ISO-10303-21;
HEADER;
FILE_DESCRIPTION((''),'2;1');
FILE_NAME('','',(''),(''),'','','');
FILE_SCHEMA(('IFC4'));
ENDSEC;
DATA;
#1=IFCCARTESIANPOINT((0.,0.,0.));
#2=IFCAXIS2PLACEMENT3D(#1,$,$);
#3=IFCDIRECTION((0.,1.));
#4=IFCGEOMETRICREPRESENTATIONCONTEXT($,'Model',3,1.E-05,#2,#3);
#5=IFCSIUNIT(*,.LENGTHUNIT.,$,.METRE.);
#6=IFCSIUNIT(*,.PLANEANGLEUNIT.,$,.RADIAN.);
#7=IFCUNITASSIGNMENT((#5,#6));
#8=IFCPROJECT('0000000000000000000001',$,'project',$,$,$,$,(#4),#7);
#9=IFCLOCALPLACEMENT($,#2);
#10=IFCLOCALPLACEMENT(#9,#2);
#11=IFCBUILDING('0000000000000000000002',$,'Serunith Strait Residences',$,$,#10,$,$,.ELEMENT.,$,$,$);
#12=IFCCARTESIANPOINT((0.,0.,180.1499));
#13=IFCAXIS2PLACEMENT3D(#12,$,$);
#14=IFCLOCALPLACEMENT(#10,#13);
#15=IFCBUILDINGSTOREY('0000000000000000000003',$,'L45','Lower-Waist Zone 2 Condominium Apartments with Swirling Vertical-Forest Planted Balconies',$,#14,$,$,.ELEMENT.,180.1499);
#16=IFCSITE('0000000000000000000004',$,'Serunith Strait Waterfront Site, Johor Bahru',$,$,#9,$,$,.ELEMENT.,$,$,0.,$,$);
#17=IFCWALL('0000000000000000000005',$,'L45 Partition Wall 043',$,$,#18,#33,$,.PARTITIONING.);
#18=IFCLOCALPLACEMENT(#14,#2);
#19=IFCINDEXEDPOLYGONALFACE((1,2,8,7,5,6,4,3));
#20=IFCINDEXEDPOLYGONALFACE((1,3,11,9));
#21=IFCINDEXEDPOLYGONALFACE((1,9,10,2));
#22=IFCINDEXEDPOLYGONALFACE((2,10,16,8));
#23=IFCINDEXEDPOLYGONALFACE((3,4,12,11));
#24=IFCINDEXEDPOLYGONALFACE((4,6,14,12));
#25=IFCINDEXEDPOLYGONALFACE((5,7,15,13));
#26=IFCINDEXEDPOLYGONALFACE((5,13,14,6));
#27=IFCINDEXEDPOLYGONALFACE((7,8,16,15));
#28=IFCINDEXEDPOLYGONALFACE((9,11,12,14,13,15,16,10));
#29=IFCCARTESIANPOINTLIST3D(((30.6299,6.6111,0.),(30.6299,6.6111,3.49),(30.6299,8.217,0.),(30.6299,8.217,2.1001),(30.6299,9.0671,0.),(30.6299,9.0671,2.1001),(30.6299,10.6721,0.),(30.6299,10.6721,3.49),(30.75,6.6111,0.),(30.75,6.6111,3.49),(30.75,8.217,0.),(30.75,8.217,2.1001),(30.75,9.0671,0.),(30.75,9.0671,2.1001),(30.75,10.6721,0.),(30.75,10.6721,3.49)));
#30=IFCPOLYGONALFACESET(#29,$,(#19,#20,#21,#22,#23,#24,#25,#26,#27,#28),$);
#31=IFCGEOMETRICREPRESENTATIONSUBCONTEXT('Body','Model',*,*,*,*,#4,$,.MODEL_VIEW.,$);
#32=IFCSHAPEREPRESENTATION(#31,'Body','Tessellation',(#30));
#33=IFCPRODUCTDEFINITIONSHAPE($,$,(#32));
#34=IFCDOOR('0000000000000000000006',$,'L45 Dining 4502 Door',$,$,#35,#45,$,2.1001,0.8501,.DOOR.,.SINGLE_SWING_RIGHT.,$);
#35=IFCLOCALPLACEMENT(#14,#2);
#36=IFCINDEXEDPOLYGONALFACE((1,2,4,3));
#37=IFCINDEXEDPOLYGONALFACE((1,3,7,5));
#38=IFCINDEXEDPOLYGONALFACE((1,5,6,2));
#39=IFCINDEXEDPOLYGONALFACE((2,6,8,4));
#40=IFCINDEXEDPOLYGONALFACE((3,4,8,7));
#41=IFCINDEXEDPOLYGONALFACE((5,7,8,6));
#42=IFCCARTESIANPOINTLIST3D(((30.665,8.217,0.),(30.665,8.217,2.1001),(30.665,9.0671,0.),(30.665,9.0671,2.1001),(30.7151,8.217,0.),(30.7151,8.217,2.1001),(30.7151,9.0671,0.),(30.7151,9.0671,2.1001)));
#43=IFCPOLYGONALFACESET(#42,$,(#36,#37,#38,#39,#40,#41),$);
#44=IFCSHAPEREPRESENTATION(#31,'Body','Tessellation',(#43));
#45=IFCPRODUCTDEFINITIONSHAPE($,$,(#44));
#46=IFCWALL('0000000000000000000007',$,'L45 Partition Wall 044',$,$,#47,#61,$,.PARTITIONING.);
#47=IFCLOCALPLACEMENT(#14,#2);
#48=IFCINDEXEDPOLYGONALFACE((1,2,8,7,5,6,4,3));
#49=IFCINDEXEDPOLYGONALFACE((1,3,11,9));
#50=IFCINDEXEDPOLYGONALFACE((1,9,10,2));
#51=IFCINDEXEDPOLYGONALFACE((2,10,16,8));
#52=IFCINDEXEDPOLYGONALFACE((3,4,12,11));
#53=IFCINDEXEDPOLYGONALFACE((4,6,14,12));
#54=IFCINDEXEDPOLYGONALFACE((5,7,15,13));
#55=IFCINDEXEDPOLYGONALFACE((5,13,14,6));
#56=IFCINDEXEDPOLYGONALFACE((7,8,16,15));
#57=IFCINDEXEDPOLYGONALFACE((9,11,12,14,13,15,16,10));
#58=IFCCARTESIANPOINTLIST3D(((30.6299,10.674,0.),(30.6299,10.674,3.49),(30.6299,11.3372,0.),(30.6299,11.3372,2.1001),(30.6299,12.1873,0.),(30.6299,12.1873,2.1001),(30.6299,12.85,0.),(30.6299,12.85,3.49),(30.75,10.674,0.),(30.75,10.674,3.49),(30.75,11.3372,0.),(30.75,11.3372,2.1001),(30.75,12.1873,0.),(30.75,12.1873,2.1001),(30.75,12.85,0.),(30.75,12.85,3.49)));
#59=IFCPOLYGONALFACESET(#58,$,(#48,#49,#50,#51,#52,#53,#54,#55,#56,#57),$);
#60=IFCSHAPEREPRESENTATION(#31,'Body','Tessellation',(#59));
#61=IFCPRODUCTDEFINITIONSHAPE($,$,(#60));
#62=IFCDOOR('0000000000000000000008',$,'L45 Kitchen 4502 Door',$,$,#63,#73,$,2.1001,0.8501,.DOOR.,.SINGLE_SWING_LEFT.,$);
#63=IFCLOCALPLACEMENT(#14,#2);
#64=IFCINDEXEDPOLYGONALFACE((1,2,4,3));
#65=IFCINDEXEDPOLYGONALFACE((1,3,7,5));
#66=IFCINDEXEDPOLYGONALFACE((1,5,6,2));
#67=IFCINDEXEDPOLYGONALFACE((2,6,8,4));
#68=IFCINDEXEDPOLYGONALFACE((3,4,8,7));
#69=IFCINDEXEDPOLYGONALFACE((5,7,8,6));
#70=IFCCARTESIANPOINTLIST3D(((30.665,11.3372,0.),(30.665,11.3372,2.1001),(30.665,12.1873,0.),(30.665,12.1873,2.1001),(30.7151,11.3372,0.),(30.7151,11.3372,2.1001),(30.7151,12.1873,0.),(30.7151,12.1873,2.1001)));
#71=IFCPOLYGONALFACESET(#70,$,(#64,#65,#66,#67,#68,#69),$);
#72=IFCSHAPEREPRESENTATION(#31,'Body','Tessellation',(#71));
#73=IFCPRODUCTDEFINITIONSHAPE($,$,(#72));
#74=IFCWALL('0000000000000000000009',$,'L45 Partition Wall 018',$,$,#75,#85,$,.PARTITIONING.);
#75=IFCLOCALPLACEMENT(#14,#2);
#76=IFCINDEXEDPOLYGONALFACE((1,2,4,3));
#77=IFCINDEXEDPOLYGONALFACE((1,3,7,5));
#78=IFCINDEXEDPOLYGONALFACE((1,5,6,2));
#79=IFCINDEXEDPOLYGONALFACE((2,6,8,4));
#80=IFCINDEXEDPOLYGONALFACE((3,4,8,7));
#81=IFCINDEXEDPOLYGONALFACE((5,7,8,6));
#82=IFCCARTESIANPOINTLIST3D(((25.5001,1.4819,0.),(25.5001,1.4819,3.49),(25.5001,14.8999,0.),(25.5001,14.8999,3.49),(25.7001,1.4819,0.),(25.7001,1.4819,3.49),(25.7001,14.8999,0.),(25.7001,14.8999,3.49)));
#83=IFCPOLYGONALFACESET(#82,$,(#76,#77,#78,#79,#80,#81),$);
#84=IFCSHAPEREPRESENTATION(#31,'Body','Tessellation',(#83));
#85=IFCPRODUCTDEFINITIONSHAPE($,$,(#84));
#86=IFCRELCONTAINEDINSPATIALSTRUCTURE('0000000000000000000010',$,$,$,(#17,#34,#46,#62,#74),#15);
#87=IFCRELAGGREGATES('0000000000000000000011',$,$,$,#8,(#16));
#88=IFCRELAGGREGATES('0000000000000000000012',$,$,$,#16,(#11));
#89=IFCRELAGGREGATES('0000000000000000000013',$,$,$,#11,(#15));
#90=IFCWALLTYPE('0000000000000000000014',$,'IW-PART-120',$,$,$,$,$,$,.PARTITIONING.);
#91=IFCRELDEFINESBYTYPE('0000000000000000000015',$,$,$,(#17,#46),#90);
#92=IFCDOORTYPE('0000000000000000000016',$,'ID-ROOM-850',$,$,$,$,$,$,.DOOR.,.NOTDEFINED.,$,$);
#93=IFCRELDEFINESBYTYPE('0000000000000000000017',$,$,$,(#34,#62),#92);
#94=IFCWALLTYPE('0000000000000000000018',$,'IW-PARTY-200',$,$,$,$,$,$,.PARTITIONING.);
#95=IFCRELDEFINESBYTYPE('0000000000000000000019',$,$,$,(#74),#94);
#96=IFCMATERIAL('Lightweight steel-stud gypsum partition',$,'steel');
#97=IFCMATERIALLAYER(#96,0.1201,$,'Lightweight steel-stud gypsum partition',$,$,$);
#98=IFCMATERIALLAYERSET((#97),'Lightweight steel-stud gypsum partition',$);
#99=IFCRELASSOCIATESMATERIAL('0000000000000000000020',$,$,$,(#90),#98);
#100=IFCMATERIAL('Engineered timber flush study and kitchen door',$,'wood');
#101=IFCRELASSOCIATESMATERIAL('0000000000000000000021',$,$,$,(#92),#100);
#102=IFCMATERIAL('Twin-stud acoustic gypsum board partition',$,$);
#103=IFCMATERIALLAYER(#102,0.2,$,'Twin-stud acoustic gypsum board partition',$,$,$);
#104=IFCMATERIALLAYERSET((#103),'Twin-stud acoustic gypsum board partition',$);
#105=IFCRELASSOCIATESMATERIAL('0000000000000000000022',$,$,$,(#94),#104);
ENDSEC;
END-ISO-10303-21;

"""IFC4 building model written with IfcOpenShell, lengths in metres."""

from ifc_helpers import new_model, si_unit, direction, frame, frame_2d, origin, place, context, subcontext, project, spatial, rectangle, extrude, source, transform, mapped, material, layer, layer_set, type_object, element, fill, save


model = new_model("IFC4")

# Units and contexts
model_context = context("Model", 3, precision=1e-05, world=origin(), true_north=direction((0.0, 1.0)))
body_context = subcontext(model_context, "Body", "Model", "MODEL_VIEW")
ifc_project = project(units=[si_unit("LENGTHUNIT", "METRE"), si_unit("PLANEANGLEUNIT", "RADIAN")], contexts=[model_context])

# Site, building, storey
site_placement = place(None, origin())
site = spatial("IfcSite", under=ifc_project, at=site_placement, Name="Serunith Strait Waterfront Site, Johor Bahru", CompositionType="ELEMENT", RefElevation=0.0)
building_placement = place(site_placement, origin())
building = spatial("IfcBuilding", under=site, at=building_placement, Name="Serunith Strait Residences", CompositionType="ELEMENT")
storey_placement = place(building_placement, frame((0.0, 0.0, 180.1499)))
storey = spatial("IfcBuildingStorey", under=building, at=storey_placement, Name="L45", Description="Lower-Waist Zone 2 Condominium Apartments with Swirling Vertical-Forest Planted Balconies", CompositionType="ELEMENT", Elevation=180.1499)

# Shared definitions
ifc_material_1 = material(Name="Lightweight steel-stud gypsum partition", Category="steel")
ifc_layer_1 = layer(ifc_material_1, 0.1201, Name="Lightweight steel-stud gypsum partition")
ifc_layer_set_1 = layer_set([ifc_layer_1], Name="Lightweight steel-stud gypsum partition")
wall_type_1 = type_object("IfcWallType", Name="IW-PART-120", PredefinedType="PARTITIONING", material=ifc_layer_set_1)
ifc_material_2 = material(Name="Engineered timber flush study and kitchen door", Category="wood")
door_type_1 = type_object("IfcDoorType", Name="ID-ROOM-850", OperationType="NOTDEFINED", PredefinedType="DOOR", material=ifc_material_2)
shared_shape_1 = source(origin(), body_context, "Body", "SweptSolid", [
    extrude(rectangle(XDim=0.8501, YDim=2.1001, at=frame_2d((0.425, 1.05))), frame((0.0, 0.0249, 0.0), z_axis=(0.0, -1.0, 0.0), x_axis=(1.0, 0.0, 0.0)), (0.0, 0.0, 1.0), 0.05),
])

# Walls, openings, doors
wall_1_placement = place(storey_placement, frame((30.6899, 6.6111, 0.0), z_axis=(0.0, 0.0, 1.0), x_axis=(0.0, 1.0, 0.0)))
wall_1 = element("IfcWall", 1, at=wall_1_placement, inside=storey, type_object=wall_type_1, Name="L45 Partition Wall 043", PredefinedType="PARTITIONING", context=body_context, shape_type="SweptSolid", body=[
    extrude(rectangle(XDim=4.061, YDim=0.1201, at=frame_2d((2.0305, 0.0))), origin(), (0.0, 0.0, 1.0), 3.49),
])
opening_1_placement = place(wall_1_placement, frame((1.606, 0.0, 0.0)))
opening_1 = element("IfcOpeningElement", 2, at=opening_1_placement, cuts=wall_1, PredefinedType="OPENING", context=body_context, shape_type="SweptSolid", body=[
    extrude(rectangle(XDim=0.8501, YDim=2.1001, at=frame_2d((0.425, 1.05))), frame((0.0, 0.0701, 0.0), z_axis=(0.0, -1.0, 0.0), x_axis=(1.0, 0.0, 0.0)), (0.0, 0.0, 1.0), 0.1401),
])
door_1_placement = place(opening_1_placement, origin())
door_1 = element("IfcDoor", 3, at=door_1_placement, inside=storey, type_object=door_type_1, Name="L45 Dining 4502 Door", OperationType="SINGLE_SWING_RIGHT", OverallHeight=2.1001, OverallWidth=0.8501, PredefinedType="DOOR", context=body_context, shape_type="MappedRepresentation", body=[
    mapped(shared_shape_1, transform((0.0, 0.0, 0.0), scale=1.0)),
])
fill(opening_1, door_1)
wall_2_placement = place(storey_placement, frame((30.6899, 10.6741, 0.0), z_axis=(0.0, 0.0, 1.0), x_axis=(0.0, 1.0, 0.0)))
wall_2 = element("IfcWall", 4, at=wall_2_placement, inside=storey, type_object=wall_type_1, Name="L45 Partition Wall 044", PredefinedType="PARTITIONING", context=body_context, shape_type="SweptSolid", body=[
    extrude(rectangle(XDim=2.176, YDim=0.1201, at=frame_2d((1.0879, 0.0))), origin(), (0.0, 0.0, 1.0), 3.49),
])
opening_2_placement = place(wall_2_placement, frame((0.6631, 0.0, 0.0)))
opening_2 = element("IfcOpeningElement", 5, at=opening_2_placement, cuts=wall_2, PredefinedType="OPENING", context=body_context, shape_type="SweptSolid", body=[
    extrude(rectangle(XDim=0.8501, YDim=2.1001, at=frame_2d((0.425, 1.05))), frame((0.0, 0.0701, 0.0), z_axis=(0.0, -1.0, 0.0), x_axis=(1.0, 0.0, 0.0)), (0.0, 0.0, 1.0), 0.1401),
])
door_2_placement = place(opening_2_placement, origin())
door_2 = element("IfcDoor", 6, at=door_2_placement, inside=storey, type_object=door_type_1, Name="L45 Kitchen 4502 Door", OperationType="SINGLE_SWING_LEFT", OverallHeight=2.1001, OverallWidth=0.8501, PredefinedType="DOOR", context=body_context, shape_type="MappedRepresentation", body=[
    mapped(shared_shape_1, transform((0.0, 0.0, 0.0), scale=1.0)),
])
fill(opening_2, door_2)

# Wall
ifc_material_3 = material(Name="Twin-stud acoustic gypsum board partition")
ifc_layer_2 = layer(ifc_material_3, 0.2, Name="Twin-stud acoustic gypsum board partition")
ifc_layer_set_2 = layer_set([ifc_layer_2], Name="Twin-stud acoustic gypsum board partition")
wall_type_2 = type_object("IfcWallType", Name="IW-PARTY-200", PredefinedType="PARTITIONING", material=ifc_layer_set_2)
wall_3_placement = place(storey_placement, frame((25.6001, 1.4819, 0.0), z_axis=(0.0, 0.0, 1.0), x_axis=(0.0, 1.0, 0.0)))
element("IfcWall", 7, at=wall_3_placement, inside=storey, type_object=wall_type_2, Name="L45 Partition Wall 018", PredefinedType="PARTITIONING", context=body_context, shape_type="SweptSolid", body=[
    extrude(rectangle(XDim=13.418, YDim=0.2, at=frame_2d((6.709, 0.0))), origin(), (0.0, 0.0, 1.0), 3.49),
])

save(model, "model.ifc")
